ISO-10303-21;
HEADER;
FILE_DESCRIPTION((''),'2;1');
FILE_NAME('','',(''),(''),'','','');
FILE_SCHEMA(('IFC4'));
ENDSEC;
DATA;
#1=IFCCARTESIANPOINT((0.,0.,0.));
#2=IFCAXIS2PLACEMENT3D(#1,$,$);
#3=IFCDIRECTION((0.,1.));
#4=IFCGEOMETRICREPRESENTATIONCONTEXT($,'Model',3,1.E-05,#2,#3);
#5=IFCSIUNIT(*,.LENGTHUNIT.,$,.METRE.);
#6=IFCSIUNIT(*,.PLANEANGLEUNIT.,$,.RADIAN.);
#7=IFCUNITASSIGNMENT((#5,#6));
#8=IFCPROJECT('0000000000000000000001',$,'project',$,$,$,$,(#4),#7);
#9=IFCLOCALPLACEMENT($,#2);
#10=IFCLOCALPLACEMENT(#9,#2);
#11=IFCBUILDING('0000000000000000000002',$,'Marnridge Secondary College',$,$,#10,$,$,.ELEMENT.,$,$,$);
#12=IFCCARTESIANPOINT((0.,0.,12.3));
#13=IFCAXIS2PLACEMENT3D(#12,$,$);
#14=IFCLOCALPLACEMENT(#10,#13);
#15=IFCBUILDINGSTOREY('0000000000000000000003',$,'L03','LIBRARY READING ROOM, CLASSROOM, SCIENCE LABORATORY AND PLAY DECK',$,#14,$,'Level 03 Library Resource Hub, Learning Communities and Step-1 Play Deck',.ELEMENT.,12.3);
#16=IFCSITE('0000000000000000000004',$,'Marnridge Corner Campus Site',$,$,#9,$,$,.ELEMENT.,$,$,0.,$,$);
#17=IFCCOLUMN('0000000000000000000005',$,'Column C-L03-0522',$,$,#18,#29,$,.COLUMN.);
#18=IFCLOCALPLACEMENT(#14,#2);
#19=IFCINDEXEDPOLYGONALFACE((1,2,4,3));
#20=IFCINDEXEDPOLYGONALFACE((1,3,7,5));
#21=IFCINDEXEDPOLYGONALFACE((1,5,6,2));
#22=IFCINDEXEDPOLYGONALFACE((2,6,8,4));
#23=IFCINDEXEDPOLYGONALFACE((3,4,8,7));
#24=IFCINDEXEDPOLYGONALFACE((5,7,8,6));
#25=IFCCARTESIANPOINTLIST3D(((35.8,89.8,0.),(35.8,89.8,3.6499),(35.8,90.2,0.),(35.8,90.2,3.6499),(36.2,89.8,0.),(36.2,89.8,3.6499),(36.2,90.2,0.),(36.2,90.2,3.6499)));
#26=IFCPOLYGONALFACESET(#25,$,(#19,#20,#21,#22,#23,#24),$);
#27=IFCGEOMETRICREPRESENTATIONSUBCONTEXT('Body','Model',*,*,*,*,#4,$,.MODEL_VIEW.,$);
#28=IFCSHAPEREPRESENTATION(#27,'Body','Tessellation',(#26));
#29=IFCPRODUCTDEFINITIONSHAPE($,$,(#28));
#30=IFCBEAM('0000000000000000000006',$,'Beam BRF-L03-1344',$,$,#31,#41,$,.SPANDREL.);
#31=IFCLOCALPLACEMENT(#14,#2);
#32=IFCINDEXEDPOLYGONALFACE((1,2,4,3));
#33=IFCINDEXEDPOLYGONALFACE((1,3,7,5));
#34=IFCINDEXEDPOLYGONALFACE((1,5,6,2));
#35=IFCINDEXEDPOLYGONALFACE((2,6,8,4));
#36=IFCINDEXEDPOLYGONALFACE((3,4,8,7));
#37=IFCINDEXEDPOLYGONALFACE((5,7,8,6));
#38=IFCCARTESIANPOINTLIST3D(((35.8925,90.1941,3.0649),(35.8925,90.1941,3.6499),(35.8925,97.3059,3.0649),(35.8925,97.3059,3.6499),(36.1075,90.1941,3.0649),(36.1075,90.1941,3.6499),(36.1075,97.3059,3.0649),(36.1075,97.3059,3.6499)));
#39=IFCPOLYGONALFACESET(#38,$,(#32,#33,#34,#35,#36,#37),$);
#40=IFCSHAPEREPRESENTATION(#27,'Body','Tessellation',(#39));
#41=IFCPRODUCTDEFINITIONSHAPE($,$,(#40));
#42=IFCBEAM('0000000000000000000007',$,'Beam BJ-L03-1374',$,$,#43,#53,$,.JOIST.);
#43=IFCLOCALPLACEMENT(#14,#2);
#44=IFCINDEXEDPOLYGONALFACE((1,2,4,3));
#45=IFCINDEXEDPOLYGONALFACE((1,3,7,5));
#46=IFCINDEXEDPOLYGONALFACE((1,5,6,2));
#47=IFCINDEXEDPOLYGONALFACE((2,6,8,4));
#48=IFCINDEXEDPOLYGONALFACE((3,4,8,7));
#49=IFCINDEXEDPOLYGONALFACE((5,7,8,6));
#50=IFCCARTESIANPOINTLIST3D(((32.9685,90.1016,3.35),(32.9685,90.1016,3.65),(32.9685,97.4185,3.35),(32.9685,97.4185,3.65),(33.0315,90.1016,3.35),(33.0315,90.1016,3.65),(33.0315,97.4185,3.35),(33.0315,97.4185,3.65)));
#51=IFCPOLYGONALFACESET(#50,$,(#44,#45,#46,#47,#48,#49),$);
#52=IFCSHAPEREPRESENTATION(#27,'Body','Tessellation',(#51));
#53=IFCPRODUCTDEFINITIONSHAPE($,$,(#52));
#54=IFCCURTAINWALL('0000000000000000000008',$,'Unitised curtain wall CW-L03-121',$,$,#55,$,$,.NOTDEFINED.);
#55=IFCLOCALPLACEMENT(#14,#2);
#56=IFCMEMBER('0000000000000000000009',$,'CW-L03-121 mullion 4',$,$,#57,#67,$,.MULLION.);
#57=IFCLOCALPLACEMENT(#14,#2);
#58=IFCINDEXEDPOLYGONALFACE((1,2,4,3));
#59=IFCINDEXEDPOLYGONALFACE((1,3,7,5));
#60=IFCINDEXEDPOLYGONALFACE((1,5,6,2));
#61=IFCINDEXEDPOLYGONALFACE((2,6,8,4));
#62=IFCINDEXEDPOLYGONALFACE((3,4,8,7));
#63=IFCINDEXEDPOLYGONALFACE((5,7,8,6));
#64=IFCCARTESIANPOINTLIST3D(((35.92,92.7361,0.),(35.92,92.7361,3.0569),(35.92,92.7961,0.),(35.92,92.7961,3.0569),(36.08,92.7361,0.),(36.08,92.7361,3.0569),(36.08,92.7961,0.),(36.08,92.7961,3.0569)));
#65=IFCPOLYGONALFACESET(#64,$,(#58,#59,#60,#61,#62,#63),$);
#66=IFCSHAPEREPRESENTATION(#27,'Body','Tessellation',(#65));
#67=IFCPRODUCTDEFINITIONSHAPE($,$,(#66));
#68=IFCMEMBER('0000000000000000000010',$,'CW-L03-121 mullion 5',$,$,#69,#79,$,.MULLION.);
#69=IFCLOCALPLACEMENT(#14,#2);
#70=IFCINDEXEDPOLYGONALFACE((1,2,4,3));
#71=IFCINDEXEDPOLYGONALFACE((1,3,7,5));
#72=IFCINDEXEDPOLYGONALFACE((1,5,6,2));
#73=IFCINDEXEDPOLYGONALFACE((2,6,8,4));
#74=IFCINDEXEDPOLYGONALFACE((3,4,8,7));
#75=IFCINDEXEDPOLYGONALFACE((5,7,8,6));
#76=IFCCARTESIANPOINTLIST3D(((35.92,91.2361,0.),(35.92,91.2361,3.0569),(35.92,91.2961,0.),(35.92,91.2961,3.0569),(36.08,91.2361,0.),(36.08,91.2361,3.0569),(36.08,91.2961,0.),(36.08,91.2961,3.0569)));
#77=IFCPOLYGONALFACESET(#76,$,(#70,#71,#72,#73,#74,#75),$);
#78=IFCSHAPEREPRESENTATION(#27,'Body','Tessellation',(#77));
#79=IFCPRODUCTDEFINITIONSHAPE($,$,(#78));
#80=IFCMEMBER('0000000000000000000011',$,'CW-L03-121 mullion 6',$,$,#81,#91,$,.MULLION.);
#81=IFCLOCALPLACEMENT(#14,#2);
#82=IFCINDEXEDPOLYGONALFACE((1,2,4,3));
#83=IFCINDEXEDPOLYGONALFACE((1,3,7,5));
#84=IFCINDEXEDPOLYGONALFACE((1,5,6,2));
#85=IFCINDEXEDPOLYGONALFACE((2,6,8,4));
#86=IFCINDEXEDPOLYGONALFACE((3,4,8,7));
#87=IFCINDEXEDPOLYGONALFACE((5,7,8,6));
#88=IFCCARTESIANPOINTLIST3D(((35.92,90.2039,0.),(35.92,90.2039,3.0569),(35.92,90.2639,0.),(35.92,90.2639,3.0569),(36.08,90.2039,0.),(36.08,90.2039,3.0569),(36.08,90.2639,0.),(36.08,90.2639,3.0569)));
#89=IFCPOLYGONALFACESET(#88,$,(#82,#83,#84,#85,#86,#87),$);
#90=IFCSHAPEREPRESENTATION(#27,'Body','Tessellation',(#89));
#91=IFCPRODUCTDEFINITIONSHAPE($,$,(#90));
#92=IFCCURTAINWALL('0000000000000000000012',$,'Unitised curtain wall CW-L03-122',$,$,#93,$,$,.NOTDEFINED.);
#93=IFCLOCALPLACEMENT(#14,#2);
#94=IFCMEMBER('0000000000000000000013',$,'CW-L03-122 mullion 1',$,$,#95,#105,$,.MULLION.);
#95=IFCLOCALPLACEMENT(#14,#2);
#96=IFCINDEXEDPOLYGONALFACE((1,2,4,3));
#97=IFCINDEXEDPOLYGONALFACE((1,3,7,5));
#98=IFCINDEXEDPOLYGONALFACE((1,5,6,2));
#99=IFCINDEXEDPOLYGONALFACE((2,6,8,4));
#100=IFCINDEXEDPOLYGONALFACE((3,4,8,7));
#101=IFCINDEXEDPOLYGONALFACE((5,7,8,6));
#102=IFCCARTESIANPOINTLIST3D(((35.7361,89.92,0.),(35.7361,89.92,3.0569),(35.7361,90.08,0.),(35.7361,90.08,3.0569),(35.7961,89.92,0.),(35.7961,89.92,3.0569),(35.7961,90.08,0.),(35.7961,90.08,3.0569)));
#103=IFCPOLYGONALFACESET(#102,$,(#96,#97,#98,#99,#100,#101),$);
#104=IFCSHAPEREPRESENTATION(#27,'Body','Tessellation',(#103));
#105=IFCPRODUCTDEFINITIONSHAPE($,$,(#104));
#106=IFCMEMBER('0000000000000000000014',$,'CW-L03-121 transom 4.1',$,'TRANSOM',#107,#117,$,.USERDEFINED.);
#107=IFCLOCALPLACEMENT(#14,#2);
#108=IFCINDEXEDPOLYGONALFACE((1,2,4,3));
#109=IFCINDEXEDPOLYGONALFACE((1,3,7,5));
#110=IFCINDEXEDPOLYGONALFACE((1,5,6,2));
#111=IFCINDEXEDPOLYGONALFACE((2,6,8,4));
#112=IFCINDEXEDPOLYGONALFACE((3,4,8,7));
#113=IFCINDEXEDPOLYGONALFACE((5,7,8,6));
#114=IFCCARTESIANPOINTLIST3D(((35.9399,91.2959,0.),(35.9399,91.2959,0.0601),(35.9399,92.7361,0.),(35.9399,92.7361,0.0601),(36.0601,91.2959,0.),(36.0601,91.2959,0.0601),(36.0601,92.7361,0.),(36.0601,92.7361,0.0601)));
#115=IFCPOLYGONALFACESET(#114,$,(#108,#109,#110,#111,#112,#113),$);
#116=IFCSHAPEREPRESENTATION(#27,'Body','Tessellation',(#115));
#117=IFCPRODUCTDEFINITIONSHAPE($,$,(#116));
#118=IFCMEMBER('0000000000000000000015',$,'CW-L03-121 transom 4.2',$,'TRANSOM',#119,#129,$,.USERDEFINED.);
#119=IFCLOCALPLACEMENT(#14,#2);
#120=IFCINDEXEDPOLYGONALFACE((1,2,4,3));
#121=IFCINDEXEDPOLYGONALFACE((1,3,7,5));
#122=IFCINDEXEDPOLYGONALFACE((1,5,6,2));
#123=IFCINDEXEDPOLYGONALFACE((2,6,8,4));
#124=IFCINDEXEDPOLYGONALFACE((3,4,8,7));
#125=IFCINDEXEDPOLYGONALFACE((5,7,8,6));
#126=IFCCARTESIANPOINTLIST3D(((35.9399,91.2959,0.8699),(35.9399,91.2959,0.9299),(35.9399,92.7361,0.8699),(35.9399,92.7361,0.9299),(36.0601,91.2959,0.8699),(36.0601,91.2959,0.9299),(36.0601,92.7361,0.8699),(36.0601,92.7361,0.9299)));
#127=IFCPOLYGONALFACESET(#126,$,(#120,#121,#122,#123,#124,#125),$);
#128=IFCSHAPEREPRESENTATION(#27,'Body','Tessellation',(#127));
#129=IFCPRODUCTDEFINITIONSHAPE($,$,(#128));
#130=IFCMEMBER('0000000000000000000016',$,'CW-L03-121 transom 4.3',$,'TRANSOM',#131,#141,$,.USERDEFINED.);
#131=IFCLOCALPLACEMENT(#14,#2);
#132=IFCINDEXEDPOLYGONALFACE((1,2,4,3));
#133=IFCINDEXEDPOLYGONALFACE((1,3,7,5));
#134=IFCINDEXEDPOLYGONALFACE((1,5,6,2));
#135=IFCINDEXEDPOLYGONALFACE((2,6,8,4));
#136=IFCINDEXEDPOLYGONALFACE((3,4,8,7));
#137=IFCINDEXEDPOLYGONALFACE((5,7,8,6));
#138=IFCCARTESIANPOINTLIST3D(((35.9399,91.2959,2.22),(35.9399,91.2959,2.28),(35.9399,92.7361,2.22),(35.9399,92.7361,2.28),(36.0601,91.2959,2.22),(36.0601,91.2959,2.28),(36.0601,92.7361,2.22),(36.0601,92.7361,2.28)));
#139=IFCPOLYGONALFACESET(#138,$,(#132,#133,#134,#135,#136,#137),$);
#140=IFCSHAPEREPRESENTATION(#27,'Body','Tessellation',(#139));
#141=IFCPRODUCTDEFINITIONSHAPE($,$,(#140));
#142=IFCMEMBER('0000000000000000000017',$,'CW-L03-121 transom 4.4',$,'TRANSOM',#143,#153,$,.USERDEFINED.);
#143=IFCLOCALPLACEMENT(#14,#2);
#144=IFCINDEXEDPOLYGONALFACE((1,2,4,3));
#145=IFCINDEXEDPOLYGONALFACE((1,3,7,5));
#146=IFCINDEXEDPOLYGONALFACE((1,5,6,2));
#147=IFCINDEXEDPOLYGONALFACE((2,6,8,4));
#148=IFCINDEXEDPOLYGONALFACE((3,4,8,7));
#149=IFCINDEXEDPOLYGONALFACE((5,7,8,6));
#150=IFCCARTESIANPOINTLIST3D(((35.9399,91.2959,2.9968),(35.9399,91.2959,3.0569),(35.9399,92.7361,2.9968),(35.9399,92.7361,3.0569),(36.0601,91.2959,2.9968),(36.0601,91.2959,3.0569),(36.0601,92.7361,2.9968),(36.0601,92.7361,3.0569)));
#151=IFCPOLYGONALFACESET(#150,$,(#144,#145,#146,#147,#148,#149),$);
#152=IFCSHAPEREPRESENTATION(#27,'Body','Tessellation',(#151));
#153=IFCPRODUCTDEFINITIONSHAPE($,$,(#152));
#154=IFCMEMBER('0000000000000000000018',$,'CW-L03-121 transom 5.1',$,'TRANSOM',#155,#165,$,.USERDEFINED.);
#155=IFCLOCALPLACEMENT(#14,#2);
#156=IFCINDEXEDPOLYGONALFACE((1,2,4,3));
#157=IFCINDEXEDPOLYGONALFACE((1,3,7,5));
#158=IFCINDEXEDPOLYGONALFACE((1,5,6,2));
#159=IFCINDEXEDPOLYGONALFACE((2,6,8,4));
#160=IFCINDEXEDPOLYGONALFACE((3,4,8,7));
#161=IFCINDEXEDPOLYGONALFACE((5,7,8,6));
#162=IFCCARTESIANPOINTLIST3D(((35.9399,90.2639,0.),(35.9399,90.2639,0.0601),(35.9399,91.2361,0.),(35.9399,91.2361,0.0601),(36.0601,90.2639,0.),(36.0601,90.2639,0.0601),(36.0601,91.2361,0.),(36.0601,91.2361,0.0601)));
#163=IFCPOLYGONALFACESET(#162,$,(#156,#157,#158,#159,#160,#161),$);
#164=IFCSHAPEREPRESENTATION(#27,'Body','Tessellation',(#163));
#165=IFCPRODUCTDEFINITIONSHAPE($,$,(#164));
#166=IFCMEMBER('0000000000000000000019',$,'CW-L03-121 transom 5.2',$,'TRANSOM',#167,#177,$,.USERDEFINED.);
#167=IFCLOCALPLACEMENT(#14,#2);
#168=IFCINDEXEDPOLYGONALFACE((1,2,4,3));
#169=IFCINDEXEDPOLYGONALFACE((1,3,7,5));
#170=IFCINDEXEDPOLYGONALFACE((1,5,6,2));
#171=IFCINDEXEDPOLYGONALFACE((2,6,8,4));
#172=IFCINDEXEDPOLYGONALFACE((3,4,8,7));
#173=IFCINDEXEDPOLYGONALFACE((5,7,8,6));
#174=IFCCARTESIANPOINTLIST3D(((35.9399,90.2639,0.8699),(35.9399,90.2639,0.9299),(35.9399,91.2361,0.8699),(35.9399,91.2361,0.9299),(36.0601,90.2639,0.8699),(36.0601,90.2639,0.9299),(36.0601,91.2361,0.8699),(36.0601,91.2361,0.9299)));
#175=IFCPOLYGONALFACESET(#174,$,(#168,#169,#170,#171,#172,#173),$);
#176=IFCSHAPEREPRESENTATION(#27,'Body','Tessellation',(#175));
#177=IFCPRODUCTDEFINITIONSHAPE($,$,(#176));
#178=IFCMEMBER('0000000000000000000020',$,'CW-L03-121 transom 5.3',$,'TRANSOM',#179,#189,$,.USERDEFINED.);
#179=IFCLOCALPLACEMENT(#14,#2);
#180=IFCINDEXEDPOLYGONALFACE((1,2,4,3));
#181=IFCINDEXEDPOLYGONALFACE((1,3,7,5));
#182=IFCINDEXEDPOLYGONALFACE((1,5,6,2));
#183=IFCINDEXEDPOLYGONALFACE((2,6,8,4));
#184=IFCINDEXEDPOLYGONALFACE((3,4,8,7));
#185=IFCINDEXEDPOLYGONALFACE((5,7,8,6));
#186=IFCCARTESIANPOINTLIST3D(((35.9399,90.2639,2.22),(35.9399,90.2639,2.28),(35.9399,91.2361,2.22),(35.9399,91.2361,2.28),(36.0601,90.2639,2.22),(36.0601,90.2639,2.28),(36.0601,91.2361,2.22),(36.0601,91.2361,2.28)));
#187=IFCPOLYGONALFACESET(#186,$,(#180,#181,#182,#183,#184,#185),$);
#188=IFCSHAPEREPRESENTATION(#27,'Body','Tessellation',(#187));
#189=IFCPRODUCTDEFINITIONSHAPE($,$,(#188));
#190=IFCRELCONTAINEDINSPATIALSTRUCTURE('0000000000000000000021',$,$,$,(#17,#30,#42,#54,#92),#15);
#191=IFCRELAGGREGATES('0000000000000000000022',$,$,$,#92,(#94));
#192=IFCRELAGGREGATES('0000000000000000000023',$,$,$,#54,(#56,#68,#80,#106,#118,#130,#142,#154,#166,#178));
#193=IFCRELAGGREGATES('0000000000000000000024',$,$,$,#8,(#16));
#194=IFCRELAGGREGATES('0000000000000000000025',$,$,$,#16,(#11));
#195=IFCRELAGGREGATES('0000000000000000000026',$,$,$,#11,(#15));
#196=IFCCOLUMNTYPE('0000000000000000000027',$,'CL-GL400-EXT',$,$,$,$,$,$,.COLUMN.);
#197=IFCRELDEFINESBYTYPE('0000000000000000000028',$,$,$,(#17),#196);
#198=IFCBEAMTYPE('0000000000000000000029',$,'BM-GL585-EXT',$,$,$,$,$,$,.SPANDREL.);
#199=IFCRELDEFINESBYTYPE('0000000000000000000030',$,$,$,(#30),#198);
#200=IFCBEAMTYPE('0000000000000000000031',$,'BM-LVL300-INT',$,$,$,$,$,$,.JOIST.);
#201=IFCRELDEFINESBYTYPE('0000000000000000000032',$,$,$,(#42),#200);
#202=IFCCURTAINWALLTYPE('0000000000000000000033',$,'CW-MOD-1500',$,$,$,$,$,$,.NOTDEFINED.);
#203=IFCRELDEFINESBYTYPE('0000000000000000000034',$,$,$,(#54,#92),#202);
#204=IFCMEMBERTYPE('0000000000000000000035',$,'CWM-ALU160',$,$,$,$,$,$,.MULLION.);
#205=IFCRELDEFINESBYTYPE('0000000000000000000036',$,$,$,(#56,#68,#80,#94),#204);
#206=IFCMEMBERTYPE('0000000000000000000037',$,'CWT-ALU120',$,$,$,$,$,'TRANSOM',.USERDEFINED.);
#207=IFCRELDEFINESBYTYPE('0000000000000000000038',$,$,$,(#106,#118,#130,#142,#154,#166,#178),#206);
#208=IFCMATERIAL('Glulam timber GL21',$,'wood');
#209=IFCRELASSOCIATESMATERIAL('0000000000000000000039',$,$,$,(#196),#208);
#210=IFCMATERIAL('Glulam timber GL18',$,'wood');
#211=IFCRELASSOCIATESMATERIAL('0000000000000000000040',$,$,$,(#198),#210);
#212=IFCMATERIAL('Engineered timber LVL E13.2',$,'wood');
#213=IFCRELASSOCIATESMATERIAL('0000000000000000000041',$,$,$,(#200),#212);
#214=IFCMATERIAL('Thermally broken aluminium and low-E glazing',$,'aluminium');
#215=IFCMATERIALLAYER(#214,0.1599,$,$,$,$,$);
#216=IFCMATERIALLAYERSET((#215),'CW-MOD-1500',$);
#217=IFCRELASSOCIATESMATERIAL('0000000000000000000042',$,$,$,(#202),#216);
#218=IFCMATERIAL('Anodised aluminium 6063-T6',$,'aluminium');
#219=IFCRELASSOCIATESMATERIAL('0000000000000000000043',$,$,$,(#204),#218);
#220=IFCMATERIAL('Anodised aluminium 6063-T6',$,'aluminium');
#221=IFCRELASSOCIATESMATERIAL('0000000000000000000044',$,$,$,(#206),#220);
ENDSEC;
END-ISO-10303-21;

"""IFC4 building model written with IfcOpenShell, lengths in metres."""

from ifc_helpers import new_model, si_unit, direction, frame, origin, origin_2d, place, context, subcontext, project, spatial, rectangle, extrude, material, layer, layer_set, material_profile, profile_set, type_object, element, aggregate, save


model = new_model("IFC4")

# Units and contexts
model_context = context("Model", 3, precision=1e-05, world=origin(), true_north=direction((0.0, 1.0)))
body_context = subcontext(model_context, "Body", "Model", "MODEL_VIEW")
ifc_project = project(units=[si_unit("LENGTHUNIT", "METRE"), si_unit("PLANEANGLEUNIT", "RADIAN")], contexts=[model_context])

# Site, building, storey
site_placement = place(None, origin())
site = spatial("IfcSite", under=ifc_project, at=site_placement, Name="Marnridge Corner Campus Site", CompositionType="ELEMENT", RefElevation=0.0)
building_placement = place(site_placement, origin())
building = spatial("IfcBuilding", under=site, at=building_placement, Name="Marnridge Secondary College", CompositionType="ELEMENT")
storey_placement = place(building_placement, frame((0.0, 0.0, 12.3)))
storey = spatial("IfcBuildingStorey", under=building, at=storey_placement, Name="L03", Description="LIBRARY READING ROOM, CLASSROOM, SCIENCE LABORATORY AND PLAY DECK", LongName="Level 03 Library Resource Hub, Learning Communities and Step-1 Play Deck", CompositionType="ELEMENT", Elevation=12.3)

# Column
ifc_material_1 = material(Name="Glulam timber GL21", Category="wood")
ifc_material_profile_1 = material_profile(ifc_material_1, rectangle(XDim=0.3999, YDim=0.3999, at=origin_2d()), Name="GL21 400x400")
ifc_profile_set_1 = profile_set([ifc_material_profile_1], Name="Glulam timber GL21")
column_type = type_object("IfcColumnType", Name="CL-GL400-EXT", PredefinedType="COLUMN", material=ifc_profile_set_1)
column_placement = place(storey_placement, frame((36.0, 90.0, 0.0), z_axis=(0.0, 0.0, 1.0), x_axis=(1.0, 0.0, 0.0)))
element("IfcColumn", 1, at=column_placement, inside=storey, type_object=column_type, Name="Column C-L03-0522", PredefinedType="COLUMN", context=body_context, shape_type="SweptSolid", body=[
    extrude(rectangle(XDim=0.3999, YDim=0.3999, at=origin_2d()), origin(), (0.0, 0.0, 1.0), 3.6499),
])

# Beams
ifc_material_2 = material(Name="Glulam timber GL18", Category="wood")
ifc_material_profile_2 = material_profile(ifc_material_2, rectangle(XDim=0.2151, YDim=0.585, at=origin_2d()), Name="GL18 215x585")
ifc_profile_set_2 = profile_set([ifc_material_profile_2], Name="Glulam timber GL18")
beam_type_1 = type_object("IfcBeamType", Name="BM-GL585-EXT", PredefinedType="SPANDREL", material=ifc_profile_set_2)
beam_1_placement = place(storey_placement, frame((36.0, 90.1941, 3.3574), z_axis=(0.0, 1.0, 0.0), x_axis=(-1.0, 0.0, 0.0)))
element("IfcBeam", 2, at=beam_1_placement, inside=storey, type_object=beam_type_1, Name="Beam BRF-L03-1344", PredefinedType="SPANDREL", context=body_context, shape_type="SweptSolid", body=[
    extrude(rectangle(XDim=0.2151, YDim=0.585, at=origin_2d()), origin(), (0.0, 0.0, 1.0), 7.1118),
])
ifc_material_3 = material(Name="Engineered timber LVL E13.2", Category="wood")
ifc_material_profile_3 = material_profile(ifc_material_3, rectangle(XDim=0.063, YDim=0.3, at=origin_2d()), Name="LVL 63x300")
ifc_profile_set_3 = profile_set([ifc_material_profile_3], Name="Engineered timber LVL E13.2")
beam_type_2 = type_object("IfcBeamType", Name="BM-LVL300-INT", PredefinedType="JOIST", material=ifc_profile_set_3)
beam_2_placement = place(storey_placement, frame((33.0, 90.1016, 3.5), z_axis=(0.0, 1.0, 0.0), x_axis=(-1.0, 0.0, 0.0)))
element("IfcBeam", 3, at=beam_2_placement, inside=storey, type_object=beam_type_2, Name="Beam BJ-L03-1374", PredefinedType="JOIST", context=body_context, shape_type="SweptSolid", body=[
    extrude(rectangle(XDim=0.063, YDim=0.3, at=origin_2d()), origin(), (0.0, 0.0, 1.0), 7.3169),
])

# Curtain wall, members
ifc_material_4 = material(Name="Thermally broken aluminium and low-E glazing", Category="aluminium")
ifc_layer_1 = layer(ifc_material_4, 0.1599)
ifc_layer_set_1 = layer_set([ifc_layer_1], Name="CW-MOD-1500")
curtain_wall_type = type_object("IfcCurtainWallType", Name="CW-MOD-1500", PredefinedType="NOTDEFINED", material=ifc_layer_set_1)
curtain_wall_1_placement = place(storey_placement, origin())
curtain_wall_1 = element("IfcCurtainWall", 4, at=curtain_wall_1_placement, inside=storey, type_object=curtain_wall_type, Name="Unitised curtain wall CW-L03-121", PredefinedType="NOTDEFINED")
ifc_material_5 = material(Name="Anodised aluminium 6063-T6", Category="aluminium")
ifc_material_profile_4 = material_profile(ifc_material_5, rectangle(XDim=0.0601, YDim=0.1599, at=origin_2d()), Name="ALU 60x160")
ifc_profile_set_4 = profile_set([ifc_material_profile_4], Name="Anodised aluminium 6063-T6")
member_type_1 = type_object("IfcMemberType", Name="CWM-ALU160", PredefinedType="MULLION", material=ifc_profile_set_4)
member_1_placement = place(storey_placement, frame((36.0, 92.7661, 0.0), z_axis=(0.0, 0.0, 1.0), x_axis=(0.0, -1.0, 0.0)))
member_1 = element("IfcMember", 5, at=member_1_placement, type_object=member_type_1, Name="CW-L03-121 mullion 4", PredefinedType="MULLION", context=body_context, shape_type="SweptSolid", body=[
    extrude(rectangle(XDim=0.0601, YDim=0.1599, at=origin_2d()), origin(), (0.0, 0.0, 1.0), 3.0569),
])
member_2_placement = place(storey_placement, frame((36.0, 91.2661, 0.0), z_axis=(0.0, 0.0, 1.0), x_axis=(0.0, -1.0, 0.0)))
member_2 = element("IfcMember", 6, at=member_2_placement, type_object=member_type_1, Name="CW-L03-121 mullion 5", PredefinedType="MULLION", context=body_context, shape_type="SweptSolid", body=[
    extrude(rectangle(XDim=0.0601, YDim=0.1599, at=origin_2d()), origin(), (0.0, 0.0, 1.0), 3.0569),
])
member_3_placement = place(storey_placement, frame((36.0, 90.2339, 0.0), z_axis=(0.0, 0.0, 1.0), x_axis=(0.0, -1.0, 0.0)))
member_3 = element("IfcMember", 7, at=member_3_placement, type_object=member_type_1, Name="CW-L03-121 mullion 6", PredefinedType="MULLION", context=body_context, shape_type="SweptSolid", body=[
    extrude(rectangle(XDim=0.0601, YDim=0.1599, at=origin_2d()), origin(), (0.0, 0.0, 1.0), 3.0569),
])

# Curtain wall, member
curtain_wall_2_placement = place(storey_placement, origin())
curtain_wall_2 = element("IfcCurtainWall", 8, at=curtain_wall_2_placement, inside=storey, type_object=curtain_wall_type, Name="Unitised curtain wall CW-L03-122", PredefinedType="NOTDEFINED")
member_4_placement = place(storey_placement, frame((35.7661, 90.0, 0.0), z_axis=(0.0, 0.0, 1.0), x_axis=(-1.0, 0.0, 0.0)))
member_4 = element("IfcMember", 9, at=member_4_placement, type_object=member_type_1, Name="CW-L03-122 mullion 1", PredefinedType="MULLION", context=body_context, shape_type="SweptSolid", body=[
    extrude(rectangle(XDim=0.0601, YDim=0.1599, at=origin_2d()), origin(), (0.0, 0.0, 1.0), 3.0569),
])

# Members
ifc_material_6 = material(Name="Anodised aluminium 6063-T6", Category="aluminium")
ifc_material_profile_5 = material_profile(ifc_material_6, rectangle(XDim=0.0601, YDim=0.1201, at=origin_2d()), Name="ALU 60x120")
ifc_profile_set_5 = profile_set([ifc_material_profile_5], Name="Anodised aluminium 6063-T6")
member_type_2 = type_object("IfcMemberType", Name="CWT-ALU120", ElementType="TRANSOM", PredefinedType="USERDEFINED", material=ifc_profile_set_5)
member_5_placement = place(storey_placement, frame((36.0, 92.7361, 0.03), z_axis=(0.0, -1.0, 0.0), x_axis=(0.0, 0.0, 1.0)))
member_5 = element("IfcMember", 10, at=member_5_placement, type_object=member_type_2, Name="CW-L03-121 transom 4.1", ObjectType="TRANSOM", PredefinedType="USERDEFINED", context=body_context, shape_type="SweptSolid", body=[
    extrude(rectangle(XDim=0.0601, YDim=0.1201, at=origin_2d()), origin(), (0.0, 0.0, 1.0), 1.4402),
])
member_6_placement = place(storey_placement, frame((36.0, 92.7361, 0.8999), z_axis=(0.0, -1.0, 0.0), x_axis=(0.0, 0.0, 1.0)))
member_6 = element("IfcMember", 11, at=member_6_placement, type_object=member_type_2, Name="CW-L03-121 transom 4.2", ObjectType="TRANSOM", PredefinedType="USERDEFINED", context=body_context, shape_type="SweptSolid", body=[
    extrude(rectangle(XDim=0.0601, YDim=0.1201, at=origin_2d()), origin(), (0.0, 0.0, 1.0), 1.4402),
])
member_7_placement = place(storey_placement, frame((36.0, 92.7361, 2.25), z_axis=(0.0, -1.0, 0.0), x_axis=(0.0, 0.0, 1.0)))
member_7 = element("IfcMember", 12, at=member_7_placement, type_object=member_type_2, Name="CW-L03-121 transom 4.3", ObjectType="TRANSOM", PredefinedType="USERDEFINED", context=body_context, shape_type="SweptSolid", body=[
    extrude(rectangle(XDim=0.0601, YDim=0.1201, at=origin_2d()), origin(), (0.0, 0.0, 1.0), 1.4402),
])
member_8_placement = place(storey_placement, frame((36.0, 92.7361, 3.0269), z_axis=(0.0, -1.0, 0.0), x_axis=(0.0, 0.0, 1.0)))
member_8 = element("IfcMember", 13, at=member_8_placement, type_object=member_type_2, Name="CW-L03-121 transom 4.4", ObjectType="TRANSOM", PredefinedType="USERDEFINED", context=body_context, shape_type="SweptSolid", body=[
    extrude(rectangle(XDim=0.0601, YDim=0.1201, at=origin_2d()), origin(), (0.0, 0.0, 1.0), 1.4402),
])
member_9_placement = place(storey_placement, frame((36.0, 91.2361, 0.03), z_axis=(0.0, -1.0, 0.0), x_axis=(0.0, 0.0, 1.0)))
member_9 = element("IfcMember", 14, at=member_9_placement, type_object=member_type_2, Name="CW-L03-121 transom 5.1", ObjectType="TRANSOM", PredefinedType="USERDEFINED", context=body_context, shape_type="SweptSolid", body=[
    extrude(rectangle(XDim=0.0601, YDim=0.1201, at=origin_2d()), origin(), (0.0, 0.0, 1.0), 0.9722),
])
member_10_placement = place(storey_placement, frame((36.0, 91.2361, 0.8999), z_axis=(0.0, -1.0, 0.0), x_axis=(0.0, 0.0, 1.0)))
member_10 = element("IfcMember", 15, at=member_10_placement, type_object=member_type_2, Name="CW-L03-121 transom 5.2", ObjectType="TRANSOM", PredefinedType="USERDEFINED", context=body_context, shape_type="SweptSolid", body=[
    extrude(rectangle(XDim=0.0601, YDim=0.1201, at=origin_2d()), origin(), (0.0, 0.0, 1.0), 0.9722),
])
member_11_placement = place(storey_placement, frame((36.0, 91.2361, 2.25), z_axis=(0.0, -1.0, 0.0), x_axis=(0.0, 0.0, 1.0)))
member_11 = element("IfcMember", 16, at=member_11_placement, type_object=member_type_2, Name="CW-L03-121 transom 5.3", ObjectType="TRANSOM", PredefinedType="USERDEFINED", context=body_context, shape_type="SweptSolid", body=[
    extrude(rectangle(XDim=0.0601, YDim=0.1201, at=origin_2d()), origin(), (0.0, 0.0, 1.0), 0.9722),
])
aggregate(curtain_wall_2, [member_4])

aggregate(curtain_wall_1, [member_1, member_2, member_3, member_5, member_6, member_7, member_8, member_9, member_10, member_11])

save(model, "model.ifc")
